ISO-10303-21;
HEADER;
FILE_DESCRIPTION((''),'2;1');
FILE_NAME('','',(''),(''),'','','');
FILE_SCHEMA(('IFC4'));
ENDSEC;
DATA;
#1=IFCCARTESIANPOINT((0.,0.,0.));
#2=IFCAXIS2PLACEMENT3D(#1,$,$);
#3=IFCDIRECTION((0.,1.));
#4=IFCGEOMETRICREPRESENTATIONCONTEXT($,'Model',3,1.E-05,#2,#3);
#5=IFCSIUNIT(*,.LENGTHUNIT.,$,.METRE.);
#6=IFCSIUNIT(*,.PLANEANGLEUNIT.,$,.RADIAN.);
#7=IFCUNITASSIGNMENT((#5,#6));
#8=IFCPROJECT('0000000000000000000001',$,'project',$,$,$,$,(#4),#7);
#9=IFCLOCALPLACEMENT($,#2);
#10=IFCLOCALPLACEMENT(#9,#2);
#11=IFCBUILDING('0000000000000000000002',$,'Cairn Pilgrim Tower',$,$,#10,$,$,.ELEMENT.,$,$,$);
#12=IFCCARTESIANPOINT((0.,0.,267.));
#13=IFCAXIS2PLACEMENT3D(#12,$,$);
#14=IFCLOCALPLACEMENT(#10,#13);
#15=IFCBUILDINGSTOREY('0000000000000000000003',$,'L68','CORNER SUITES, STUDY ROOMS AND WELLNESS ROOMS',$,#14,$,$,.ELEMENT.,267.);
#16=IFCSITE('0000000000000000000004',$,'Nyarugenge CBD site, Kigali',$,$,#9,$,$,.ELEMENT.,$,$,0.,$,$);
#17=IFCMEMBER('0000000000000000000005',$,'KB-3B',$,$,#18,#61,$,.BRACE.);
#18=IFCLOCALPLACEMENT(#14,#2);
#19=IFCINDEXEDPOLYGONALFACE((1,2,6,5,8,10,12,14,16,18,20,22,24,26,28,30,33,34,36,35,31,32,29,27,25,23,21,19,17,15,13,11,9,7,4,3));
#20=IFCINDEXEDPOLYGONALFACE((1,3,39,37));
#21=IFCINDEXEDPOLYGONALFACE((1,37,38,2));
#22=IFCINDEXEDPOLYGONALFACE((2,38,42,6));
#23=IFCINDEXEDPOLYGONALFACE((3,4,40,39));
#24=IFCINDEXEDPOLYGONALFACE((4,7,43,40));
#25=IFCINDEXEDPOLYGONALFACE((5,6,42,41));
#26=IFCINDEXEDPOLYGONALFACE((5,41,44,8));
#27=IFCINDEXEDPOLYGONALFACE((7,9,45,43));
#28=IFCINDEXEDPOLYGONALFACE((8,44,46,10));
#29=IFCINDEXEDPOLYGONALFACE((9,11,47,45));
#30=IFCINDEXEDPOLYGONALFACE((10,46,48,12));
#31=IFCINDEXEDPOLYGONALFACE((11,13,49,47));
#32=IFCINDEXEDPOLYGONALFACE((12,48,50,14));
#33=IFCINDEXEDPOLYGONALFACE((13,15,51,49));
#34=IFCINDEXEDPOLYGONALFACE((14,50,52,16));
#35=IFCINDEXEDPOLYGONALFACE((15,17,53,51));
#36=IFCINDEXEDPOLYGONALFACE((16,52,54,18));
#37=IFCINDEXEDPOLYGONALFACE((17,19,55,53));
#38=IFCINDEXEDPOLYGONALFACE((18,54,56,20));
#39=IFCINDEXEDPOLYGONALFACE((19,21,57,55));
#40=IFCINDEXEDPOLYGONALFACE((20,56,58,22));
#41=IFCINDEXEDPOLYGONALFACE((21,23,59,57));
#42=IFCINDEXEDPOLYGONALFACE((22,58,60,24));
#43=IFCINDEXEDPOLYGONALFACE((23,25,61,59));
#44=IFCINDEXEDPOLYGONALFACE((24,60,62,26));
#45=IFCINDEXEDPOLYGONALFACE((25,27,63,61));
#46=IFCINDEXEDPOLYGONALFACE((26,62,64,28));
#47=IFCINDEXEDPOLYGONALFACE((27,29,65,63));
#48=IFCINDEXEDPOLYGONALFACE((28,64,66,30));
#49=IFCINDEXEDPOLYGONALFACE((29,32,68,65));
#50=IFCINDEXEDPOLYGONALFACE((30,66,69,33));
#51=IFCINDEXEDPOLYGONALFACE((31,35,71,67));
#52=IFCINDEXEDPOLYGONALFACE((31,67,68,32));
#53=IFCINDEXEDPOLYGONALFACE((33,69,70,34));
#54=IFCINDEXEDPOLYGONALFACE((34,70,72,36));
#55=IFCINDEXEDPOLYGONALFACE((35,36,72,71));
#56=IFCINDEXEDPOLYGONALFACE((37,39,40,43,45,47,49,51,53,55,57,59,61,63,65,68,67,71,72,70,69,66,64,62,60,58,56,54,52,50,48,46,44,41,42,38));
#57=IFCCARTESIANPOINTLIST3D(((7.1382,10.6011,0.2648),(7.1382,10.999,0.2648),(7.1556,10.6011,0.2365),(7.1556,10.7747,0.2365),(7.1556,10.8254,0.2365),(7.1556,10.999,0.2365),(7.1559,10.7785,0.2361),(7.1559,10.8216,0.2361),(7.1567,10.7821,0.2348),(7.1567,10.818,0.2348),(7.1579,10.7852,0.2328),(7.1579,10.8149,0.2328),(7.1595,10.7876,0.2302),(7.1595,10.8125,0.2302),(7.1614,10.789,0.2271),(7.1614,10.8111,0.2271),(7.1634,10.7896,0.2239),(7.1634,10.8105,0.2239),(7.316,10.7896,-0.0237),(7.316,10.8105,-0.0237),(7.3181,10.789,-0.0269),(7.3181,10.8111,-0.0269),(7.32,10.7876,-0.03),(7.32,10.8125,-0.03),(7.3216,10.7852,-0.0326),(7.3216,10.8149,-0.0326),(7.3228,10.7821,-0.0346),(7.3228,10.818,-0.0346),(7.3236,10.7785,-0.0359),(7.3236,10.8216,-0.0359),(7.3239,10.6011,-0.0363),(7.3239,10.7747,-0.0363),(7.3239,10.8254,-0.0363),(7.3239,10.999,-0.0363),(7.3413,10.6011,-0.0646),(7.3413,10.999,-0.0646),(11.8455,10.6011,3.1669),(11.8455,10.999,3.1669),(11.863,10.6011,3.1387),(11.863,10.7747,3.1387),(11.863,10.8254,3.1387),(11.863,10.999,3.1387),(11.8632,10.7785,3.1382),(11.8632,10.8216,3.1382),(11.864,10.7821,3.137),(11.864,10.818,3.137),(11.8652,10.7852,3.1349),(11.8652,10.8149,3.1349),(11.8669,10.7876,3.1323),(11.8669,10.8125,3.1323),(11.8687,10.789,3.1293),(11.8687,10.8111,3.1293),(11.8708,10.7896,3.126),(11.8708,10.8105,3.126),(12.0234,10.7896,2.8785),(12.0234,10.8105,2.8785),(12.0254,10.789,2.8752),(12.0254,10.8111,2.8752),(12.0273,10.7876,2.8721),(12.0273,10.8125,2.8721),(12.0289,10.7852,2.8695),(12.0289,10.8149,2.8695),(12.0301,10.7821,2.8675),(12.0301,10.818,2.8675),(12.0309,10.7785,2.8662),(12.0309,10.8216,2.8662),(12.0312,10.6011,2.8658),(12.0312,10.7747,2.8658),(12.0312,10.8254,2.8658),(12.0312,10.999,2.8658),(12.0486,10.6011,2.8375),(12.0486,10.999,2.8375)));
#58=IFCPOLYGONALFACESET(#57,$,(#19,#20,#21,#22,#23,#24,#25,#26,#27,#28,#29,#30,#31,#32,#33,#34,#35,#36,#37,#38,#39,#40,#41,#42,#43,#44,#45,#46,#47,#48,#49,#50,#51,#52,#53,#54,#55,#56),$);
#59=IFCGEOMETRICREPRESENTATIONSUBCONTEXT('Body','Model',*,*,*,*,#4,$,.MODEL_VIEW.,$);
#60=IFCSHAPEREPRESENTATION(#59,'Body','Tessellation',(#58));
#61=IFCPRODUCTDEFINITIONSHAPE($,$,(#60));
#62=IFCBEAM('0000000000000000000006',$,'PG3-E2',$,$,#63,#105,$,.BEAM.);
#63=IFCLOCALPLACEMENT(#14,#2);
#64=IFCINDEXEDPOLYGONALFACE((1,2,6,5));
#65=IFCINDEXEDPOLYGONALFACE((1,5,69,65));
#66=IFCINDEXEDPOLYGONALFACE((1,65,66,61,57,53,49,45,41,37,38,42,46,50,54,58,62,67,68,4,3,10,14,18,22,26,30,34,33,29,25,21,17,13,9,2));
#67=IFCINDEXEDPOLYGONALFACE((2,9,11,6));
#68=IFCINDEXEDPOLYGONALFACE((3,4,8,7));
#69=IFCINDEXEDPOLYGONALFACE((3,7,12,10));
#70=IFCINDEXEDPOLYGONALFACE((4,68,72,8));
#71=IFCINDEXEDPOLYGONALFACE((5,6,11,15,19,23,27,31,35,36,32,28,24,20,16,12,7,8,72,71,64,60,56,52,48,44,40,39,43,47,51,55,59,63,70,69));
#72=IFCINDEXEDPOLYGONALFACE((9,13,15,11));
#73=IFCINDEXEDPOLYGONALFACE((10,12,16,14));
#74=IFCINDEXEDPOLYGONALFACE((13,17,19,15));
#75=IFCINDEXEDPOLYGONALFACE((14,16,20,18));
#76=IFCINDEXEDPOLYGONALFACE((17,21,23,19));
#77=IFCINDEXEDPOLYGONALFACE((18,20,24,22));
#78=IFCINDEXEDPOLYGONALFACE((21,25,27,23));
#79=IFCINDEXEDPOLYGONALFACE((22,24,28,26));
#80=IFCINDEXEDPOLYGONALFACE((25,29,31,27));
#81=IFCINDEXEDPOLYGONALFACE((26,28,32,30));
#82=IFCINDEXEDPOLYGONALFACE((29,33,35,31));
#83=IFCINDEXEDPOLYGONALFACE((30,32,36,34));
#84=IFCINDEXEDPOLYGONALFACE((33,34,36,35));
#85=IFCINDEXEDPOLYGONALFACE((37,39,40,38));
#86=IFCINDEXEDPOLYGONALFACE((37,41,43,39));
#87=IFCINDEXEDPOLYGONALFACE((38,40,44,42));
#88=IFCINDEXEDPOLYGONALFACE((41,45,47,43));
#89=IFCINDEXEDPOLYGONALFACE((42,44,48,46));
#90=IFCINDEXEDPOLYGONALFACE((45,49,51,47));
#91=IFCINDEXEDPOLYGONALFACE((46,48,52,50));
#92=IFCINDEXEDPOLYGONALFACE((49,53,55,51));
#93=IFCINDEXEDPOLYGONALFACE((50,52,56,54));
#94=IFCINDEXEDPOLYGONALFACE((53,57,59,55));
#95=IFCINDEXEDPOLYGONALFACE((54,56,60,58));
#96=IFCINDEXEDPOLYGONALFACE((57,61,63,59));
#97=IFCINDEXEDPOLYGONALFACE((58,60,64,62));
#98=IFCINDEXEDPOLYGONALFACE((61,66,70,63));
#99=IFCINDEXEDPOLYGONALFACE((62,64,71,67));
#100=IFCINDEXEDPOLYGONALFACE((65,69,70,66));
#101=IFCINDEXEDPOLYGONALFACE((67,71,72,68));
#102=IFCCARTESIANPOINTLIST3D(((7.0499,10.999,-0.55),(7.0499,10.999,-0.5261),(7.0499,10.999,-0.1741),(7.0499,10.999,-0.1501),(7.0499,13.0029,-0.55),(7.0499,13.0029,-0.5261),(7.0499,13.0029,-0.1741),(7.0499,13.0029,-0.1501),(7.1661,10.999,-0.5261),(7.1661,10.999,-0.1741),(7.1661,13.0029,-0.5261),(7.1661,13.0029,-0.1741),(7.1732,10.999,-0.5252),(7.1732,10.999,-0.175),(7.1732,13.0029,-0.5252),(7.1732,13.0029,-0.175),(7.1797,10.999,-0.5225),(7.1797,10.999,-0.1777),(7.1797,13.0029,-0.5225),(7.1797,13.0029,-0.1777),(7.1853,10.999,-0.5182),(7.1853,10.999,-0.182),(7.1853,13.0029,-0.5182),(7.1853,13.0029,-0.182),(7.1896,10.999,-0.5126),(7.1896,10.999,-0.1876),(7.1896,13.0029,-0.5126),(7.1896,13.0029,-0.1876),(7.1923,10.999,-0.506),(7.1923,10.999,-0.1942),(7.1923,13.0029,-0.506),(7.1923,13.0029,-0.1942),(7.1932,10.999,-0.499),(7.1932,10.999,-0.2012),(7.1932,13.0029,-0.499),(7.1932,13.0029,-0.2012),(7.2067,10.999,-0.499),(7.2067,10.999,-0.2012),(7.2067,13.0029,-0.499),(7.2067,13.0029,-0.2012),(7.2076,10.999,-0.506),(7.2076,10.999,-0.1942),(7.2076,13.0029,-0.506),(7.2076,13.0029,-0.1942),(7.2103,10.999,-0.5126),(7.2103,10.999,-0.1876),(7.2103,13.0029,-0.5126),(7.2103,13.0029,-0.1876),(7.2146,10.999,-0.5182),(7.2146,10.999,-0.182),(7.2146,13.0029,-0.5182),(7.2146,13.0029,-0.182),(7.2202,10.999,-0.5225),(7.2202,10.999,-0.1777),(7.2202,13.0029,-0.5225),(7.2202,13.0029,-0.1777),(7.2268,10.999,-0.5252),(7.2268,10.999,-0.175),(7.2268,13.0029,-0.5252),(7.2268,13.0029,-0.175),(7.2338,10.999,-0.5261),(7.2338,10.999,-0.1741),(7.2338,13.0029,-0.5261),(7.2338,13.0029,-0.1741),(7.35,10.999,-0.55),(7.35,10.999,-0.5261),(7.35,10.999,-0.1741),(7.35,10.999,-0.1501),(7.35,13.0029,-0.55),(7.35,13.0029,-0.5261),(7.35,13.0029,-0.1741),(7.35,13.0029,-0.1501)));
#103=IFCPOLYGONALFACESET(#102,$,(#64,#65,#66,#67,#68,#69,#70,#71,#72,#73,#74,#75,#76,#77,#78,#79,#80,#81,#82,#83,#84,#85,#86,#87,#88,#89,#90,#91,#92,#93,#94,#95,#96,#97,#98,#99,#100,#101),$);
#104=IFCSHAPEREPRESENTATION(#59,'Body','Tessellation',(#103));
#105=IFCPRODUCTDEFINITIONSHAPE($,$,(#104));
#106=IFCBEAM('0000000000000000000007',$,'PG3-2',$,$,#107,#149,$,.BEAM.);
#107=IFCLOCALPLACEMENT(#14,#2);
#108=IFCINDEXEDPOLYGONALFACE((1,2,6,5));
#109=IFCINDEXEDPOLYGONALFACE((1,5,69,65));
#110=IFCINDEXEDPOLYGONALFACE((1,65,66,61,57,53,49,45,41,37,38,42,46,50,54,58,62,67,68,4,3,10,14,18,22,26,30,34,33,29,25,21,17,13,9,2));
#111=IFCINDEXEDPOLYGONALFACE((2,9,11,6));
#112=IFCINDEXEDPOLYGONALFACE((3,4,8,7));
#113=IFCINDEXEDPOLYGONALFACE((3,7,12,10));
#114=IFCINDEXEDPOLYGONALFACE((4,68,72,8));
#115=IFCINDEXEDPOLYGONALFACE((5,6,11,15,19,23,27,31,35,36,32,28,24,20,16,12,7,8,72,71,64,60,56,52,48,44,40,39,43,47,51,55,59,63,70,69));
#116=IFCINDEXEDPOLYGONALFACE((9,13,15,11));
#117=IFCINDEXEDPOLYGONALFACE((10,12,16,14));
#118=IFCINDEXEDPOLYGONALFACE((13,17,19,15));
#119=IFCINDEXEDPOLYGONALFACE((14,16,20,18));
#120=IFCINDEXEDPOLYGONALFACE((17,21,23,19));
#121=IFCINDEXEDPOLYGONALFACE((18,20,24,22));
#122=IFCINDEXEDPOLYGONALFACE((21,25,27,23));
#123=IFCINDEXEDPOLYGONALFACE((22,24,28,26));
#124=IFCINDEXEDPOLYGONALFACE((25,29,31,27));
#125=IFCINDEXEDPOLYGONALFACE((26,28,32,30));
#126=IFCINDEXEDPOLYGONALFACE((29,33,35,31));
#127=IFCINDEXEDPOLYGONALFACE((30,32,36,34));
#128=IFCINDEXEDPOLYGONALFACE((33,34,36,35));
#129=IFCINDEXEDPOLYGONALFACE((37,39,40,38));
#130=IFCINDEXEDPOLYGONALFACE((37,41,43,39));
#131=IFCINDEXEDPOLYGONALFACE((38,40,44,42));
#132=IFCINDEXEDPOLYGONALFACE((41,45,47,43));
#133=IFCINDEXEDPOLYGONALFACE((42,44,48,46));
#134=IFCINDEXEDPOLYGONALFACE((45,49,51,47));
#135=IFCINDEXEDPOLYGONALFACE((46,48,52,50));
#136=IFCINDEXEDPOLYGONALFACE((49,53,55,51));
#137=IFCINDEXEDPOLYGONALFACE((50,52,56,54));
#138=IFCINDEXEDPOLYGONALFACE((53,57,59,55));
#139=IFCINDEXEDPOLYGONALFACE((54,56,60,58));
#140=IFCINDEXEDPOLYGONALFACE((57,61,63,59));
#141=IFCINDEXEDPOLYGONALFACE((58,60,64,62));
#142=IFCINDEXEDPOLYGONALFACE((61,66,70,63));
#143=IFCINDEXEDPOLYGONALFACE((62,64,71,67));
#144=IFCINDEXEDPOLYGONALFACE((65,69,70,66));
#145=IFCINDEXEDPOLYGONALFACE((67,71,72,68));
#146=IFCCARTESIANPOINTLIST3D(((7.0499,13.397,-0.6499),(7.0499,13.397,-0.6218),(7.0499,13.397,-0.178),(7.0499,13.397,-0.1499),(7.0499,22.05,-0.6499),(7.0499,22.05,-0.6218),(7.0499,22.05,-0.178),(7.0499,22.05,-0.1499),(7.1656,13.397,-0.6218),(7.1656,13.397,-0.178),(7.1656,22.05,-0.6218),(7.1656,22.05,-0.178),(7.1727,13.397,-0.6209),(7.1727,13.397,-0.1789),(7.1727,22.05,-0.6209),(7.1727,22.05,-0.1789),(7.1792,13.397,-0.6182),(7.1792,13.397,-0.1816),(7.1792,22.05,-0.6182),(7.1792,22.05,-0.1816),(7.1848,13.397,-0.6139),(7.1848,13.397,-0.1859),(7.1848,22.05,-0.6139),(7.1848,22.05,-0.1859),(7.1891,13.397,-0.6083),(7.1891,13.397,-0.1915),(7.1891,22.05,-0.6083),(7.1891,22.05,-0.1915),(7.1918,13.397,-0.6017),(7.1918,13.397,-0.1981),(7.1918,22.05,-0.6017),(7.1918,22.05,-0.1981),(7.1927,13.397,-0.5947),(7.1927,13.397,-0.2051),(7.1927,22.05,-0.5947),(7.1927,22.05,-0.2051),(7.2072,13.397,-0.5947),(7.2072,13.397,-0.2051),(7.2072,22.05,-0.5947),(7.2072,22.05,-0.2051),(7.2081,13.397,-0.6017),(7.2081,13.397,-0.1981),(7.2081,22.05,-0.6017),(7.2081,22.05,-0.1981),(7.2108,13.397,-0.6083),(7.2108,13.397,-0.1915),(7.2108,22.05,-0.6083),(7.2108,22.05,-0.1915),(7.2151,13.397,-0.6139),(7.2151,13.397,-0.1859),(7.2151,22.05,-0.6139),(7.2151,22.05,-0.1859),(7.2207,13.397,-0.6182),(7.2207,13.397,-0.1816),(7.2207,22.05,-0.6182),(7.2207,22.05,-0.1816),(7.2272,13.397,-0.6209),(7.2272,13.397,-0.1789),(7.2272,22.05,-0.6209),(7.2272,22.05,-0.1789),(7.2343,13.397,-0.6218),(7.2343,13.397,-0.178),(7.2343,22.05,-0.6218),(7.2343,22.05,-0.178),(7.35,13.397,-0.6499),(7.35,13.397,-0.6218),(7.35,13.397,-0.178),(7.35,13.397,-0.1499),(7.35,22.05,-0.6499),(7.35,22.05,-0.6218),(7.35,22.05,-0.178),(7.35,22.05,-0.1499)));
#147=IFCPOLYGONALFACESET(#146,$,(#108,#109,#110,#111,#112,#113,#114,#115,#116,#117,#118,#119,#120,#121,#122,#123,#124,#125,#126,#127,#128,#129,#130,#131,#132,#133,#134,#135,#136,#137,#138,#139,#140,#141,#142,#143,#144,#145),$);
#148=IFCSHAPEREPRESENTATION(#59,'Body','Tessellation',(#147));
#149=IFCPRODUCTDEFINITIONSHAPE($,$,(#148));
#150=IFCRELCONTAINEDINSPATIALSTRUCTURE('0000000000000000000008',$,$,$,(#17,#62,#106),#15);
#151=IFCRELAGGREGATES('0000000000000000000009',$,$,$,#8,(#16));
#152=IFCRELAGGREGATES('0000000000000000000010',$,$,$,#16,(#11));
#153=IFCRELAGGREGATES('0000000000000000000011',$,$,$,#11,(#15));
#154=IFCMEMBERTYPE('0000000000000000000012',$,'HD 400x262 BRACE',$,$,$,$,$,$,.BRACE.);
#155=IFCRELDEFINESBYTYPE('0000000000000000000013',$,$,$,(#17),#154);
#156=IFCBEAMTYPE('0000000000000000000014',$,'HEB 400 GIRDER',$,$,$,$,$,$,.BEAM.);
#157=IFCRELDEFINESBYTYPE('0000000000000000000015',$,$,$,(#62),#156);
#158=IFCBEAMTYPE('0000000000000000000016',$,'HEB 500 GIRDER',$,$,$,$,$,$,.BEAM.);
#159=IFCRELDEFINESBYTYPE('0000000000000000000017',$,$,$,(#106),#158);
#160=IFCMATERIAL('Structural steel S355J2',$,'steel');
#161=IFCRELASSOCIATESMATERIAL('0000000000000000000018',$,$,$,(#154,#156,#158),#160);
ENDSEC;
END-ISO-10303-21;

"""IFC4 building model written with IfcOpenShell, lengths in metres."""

from ifc_helpers import new_model, si_unit, direction, frame, origin, origin_2d, place, context, subcontext, project, spatial, i_section, extrude, material, material_profile, profile_set, type_object, element, save


model = new_model("IFC4")

# Units and contexts
model_context = context("Model", 3, precision=1e-05, world=origin(), true_north=direction((0.0, 1.0)))
body_context = subcontext(model_context, "Body", "Model", "MODEL_VIEW")
ifc_project = project(units=[si_unit("LENGTHUNIT", "METRE"), si_unit("PLANEANGLEUNIT", "RADIAN")], contexts=[model_context])

# Site, building, storey
site_placement = place(None, origin())
site = spatial("IfcSite", under=ifc_project, at=site_placement, Name="Nyarugenge CBD site, Kigali", CompositionType="ELEMENT", RefElevation=0.0)
building_placement = place(site_placement, origin())
building = spatial("IfcBuilding", under=site, at=building_placement, Name="Cairn Pilgrim Tower", CompositionType="ELEMENT")
storey_placement = place(building_placement, frame((0.0, 0.0, 267.0)))
storey = spatial("IfcBuildingStorey", under=building, at=storey_placement, Name="L68", Description="CORNER SUITES, STUDY ROOMS AND WELLNESS ROOMS", CompositionType="ELEMENT", Elevation=267.0)

# Shared definitions
ifc_material_1 = material(Name="Structural steel S355J2", Category="steel")

# Member
ifc_material_profile_1 = material_profile(ifc_material_1, i_section(OverallWidth=0.3979, OverallDepth=0.387, WebThickness=0.021, FlangeThickness=0.0332, FilletRadius=0.0149, at=origin_2d()), Name="HD 400x262")
ifc_profile_set_1 = profile_set([ifc_material_profile_1], Name="Structural steel S355J2")
member_type_1 = type_object("IfcMemberType", Name="HD 400x262 BRACE", PredefinedType="BRACE", material=ifc_profile_set_1)
member_1_placement = place(storey_placement, frame((7.2397, 10.8, 0.1001), z_axis=(0.851229, 0.0, 0.524794), x_axis=(0.0, 1.0, 0.0)))
element("IfcMember", 1, at=member_1_placement, inside=storey, type_object=member_type_1, Name="KB-3B", PredefinedType="BRACE", context=body_context, shape_type="SweptSolid", body=[
    extrude(i_section(OverallWidth=0.3979, OverallDepth=0.387, WebThickness=0.021, FlangeThickness=0.0332, FilletRadius=0.0149, at=origin_2d()), origin(), (0.0, 0.0, 1.0), 5.53),
])

# Beams
ifc_material_profile_2 = material_profile(ifc_material_1, i_section(OverallWidth=0.3, OverallDepth=0.3999, WebThickness=0.0134, FlangeThickness=0.0239, FilletRadius=0.0271, at=origin_2d()), Name="HEB 400")
ifc_profile_set_2 = profile_set([ifc_material_profile_2], Name="Structural steel S355J2")
beam_type_1 = type_object("IfcBeamType", Name="HEB 400 GIRDER", PredefinedType="BEAM", material=ifc_profile_set_2)
beam_1_placement = place(storey_placement, frame((7.2, 10.999, -0.3501), z_axis=(0.0, 1.0, 0.0), x_axis=(-1.0, 0.0, 0.0)))
element("IfcBeam", 2, at=beam_1_placement, inside=storey, type_object=beam_type_1, Name="PG3-E2", PredefinedType="BEAM", context=body_context, shape_type="SweptSolid", body=[
    extrude(i_section(OverallWidth=0.3, OverallDepth=0.3999, WebThickness=0.0134, FlangeThickness=0.0239, FilletRadius=0.0271, at=origin_2d()), origin(), (0.0, 0.0, 1.0), 2.0039),
])
ifc_material_profile_3 = material_profile(ifc_material_1, i_section(OverallWidth=0.3, OverallDepth=0.5, WebThickness=0.0144, FlangeThickness=0.0281, FilletRadius=0.0271, at=origin_2d()), Name="HEB 500")
ifc_profile_set_3 = profile_set([ifc_material_profile_3], Name="Structural steel S355J2")
beam_type_2 = type_object("IfcBeamType", Name="HEB 500 GIRDER", PredefinedType="BEAM", material=ifc_profile_set_3)
beam_2_placement = place(storey_placement, frame((7.2, 13.397, -0.3999), z_axis=(0.0, 1.0, 0.0), x_axis=(-1.0, 0.0, 0.0)))
element("IfcBeam", 3, at=beam_2_placement, inside=storey, type_object=beam_type_2, Name="PG3-2", PredefinedType="BEAM", context=body_context, shape_type="SweptSolid", body=[
    extrude(i_section(OverallWidth=0.3, OverallDepth=0.5, WebThickness=0.0144, FlangeThickness=0.0281, FilletRadius=0.0271, at=origin_2d()), origin(), (0.0, 0.0, 1.0), 8.6531),
])

save(model, "model.ifc")
